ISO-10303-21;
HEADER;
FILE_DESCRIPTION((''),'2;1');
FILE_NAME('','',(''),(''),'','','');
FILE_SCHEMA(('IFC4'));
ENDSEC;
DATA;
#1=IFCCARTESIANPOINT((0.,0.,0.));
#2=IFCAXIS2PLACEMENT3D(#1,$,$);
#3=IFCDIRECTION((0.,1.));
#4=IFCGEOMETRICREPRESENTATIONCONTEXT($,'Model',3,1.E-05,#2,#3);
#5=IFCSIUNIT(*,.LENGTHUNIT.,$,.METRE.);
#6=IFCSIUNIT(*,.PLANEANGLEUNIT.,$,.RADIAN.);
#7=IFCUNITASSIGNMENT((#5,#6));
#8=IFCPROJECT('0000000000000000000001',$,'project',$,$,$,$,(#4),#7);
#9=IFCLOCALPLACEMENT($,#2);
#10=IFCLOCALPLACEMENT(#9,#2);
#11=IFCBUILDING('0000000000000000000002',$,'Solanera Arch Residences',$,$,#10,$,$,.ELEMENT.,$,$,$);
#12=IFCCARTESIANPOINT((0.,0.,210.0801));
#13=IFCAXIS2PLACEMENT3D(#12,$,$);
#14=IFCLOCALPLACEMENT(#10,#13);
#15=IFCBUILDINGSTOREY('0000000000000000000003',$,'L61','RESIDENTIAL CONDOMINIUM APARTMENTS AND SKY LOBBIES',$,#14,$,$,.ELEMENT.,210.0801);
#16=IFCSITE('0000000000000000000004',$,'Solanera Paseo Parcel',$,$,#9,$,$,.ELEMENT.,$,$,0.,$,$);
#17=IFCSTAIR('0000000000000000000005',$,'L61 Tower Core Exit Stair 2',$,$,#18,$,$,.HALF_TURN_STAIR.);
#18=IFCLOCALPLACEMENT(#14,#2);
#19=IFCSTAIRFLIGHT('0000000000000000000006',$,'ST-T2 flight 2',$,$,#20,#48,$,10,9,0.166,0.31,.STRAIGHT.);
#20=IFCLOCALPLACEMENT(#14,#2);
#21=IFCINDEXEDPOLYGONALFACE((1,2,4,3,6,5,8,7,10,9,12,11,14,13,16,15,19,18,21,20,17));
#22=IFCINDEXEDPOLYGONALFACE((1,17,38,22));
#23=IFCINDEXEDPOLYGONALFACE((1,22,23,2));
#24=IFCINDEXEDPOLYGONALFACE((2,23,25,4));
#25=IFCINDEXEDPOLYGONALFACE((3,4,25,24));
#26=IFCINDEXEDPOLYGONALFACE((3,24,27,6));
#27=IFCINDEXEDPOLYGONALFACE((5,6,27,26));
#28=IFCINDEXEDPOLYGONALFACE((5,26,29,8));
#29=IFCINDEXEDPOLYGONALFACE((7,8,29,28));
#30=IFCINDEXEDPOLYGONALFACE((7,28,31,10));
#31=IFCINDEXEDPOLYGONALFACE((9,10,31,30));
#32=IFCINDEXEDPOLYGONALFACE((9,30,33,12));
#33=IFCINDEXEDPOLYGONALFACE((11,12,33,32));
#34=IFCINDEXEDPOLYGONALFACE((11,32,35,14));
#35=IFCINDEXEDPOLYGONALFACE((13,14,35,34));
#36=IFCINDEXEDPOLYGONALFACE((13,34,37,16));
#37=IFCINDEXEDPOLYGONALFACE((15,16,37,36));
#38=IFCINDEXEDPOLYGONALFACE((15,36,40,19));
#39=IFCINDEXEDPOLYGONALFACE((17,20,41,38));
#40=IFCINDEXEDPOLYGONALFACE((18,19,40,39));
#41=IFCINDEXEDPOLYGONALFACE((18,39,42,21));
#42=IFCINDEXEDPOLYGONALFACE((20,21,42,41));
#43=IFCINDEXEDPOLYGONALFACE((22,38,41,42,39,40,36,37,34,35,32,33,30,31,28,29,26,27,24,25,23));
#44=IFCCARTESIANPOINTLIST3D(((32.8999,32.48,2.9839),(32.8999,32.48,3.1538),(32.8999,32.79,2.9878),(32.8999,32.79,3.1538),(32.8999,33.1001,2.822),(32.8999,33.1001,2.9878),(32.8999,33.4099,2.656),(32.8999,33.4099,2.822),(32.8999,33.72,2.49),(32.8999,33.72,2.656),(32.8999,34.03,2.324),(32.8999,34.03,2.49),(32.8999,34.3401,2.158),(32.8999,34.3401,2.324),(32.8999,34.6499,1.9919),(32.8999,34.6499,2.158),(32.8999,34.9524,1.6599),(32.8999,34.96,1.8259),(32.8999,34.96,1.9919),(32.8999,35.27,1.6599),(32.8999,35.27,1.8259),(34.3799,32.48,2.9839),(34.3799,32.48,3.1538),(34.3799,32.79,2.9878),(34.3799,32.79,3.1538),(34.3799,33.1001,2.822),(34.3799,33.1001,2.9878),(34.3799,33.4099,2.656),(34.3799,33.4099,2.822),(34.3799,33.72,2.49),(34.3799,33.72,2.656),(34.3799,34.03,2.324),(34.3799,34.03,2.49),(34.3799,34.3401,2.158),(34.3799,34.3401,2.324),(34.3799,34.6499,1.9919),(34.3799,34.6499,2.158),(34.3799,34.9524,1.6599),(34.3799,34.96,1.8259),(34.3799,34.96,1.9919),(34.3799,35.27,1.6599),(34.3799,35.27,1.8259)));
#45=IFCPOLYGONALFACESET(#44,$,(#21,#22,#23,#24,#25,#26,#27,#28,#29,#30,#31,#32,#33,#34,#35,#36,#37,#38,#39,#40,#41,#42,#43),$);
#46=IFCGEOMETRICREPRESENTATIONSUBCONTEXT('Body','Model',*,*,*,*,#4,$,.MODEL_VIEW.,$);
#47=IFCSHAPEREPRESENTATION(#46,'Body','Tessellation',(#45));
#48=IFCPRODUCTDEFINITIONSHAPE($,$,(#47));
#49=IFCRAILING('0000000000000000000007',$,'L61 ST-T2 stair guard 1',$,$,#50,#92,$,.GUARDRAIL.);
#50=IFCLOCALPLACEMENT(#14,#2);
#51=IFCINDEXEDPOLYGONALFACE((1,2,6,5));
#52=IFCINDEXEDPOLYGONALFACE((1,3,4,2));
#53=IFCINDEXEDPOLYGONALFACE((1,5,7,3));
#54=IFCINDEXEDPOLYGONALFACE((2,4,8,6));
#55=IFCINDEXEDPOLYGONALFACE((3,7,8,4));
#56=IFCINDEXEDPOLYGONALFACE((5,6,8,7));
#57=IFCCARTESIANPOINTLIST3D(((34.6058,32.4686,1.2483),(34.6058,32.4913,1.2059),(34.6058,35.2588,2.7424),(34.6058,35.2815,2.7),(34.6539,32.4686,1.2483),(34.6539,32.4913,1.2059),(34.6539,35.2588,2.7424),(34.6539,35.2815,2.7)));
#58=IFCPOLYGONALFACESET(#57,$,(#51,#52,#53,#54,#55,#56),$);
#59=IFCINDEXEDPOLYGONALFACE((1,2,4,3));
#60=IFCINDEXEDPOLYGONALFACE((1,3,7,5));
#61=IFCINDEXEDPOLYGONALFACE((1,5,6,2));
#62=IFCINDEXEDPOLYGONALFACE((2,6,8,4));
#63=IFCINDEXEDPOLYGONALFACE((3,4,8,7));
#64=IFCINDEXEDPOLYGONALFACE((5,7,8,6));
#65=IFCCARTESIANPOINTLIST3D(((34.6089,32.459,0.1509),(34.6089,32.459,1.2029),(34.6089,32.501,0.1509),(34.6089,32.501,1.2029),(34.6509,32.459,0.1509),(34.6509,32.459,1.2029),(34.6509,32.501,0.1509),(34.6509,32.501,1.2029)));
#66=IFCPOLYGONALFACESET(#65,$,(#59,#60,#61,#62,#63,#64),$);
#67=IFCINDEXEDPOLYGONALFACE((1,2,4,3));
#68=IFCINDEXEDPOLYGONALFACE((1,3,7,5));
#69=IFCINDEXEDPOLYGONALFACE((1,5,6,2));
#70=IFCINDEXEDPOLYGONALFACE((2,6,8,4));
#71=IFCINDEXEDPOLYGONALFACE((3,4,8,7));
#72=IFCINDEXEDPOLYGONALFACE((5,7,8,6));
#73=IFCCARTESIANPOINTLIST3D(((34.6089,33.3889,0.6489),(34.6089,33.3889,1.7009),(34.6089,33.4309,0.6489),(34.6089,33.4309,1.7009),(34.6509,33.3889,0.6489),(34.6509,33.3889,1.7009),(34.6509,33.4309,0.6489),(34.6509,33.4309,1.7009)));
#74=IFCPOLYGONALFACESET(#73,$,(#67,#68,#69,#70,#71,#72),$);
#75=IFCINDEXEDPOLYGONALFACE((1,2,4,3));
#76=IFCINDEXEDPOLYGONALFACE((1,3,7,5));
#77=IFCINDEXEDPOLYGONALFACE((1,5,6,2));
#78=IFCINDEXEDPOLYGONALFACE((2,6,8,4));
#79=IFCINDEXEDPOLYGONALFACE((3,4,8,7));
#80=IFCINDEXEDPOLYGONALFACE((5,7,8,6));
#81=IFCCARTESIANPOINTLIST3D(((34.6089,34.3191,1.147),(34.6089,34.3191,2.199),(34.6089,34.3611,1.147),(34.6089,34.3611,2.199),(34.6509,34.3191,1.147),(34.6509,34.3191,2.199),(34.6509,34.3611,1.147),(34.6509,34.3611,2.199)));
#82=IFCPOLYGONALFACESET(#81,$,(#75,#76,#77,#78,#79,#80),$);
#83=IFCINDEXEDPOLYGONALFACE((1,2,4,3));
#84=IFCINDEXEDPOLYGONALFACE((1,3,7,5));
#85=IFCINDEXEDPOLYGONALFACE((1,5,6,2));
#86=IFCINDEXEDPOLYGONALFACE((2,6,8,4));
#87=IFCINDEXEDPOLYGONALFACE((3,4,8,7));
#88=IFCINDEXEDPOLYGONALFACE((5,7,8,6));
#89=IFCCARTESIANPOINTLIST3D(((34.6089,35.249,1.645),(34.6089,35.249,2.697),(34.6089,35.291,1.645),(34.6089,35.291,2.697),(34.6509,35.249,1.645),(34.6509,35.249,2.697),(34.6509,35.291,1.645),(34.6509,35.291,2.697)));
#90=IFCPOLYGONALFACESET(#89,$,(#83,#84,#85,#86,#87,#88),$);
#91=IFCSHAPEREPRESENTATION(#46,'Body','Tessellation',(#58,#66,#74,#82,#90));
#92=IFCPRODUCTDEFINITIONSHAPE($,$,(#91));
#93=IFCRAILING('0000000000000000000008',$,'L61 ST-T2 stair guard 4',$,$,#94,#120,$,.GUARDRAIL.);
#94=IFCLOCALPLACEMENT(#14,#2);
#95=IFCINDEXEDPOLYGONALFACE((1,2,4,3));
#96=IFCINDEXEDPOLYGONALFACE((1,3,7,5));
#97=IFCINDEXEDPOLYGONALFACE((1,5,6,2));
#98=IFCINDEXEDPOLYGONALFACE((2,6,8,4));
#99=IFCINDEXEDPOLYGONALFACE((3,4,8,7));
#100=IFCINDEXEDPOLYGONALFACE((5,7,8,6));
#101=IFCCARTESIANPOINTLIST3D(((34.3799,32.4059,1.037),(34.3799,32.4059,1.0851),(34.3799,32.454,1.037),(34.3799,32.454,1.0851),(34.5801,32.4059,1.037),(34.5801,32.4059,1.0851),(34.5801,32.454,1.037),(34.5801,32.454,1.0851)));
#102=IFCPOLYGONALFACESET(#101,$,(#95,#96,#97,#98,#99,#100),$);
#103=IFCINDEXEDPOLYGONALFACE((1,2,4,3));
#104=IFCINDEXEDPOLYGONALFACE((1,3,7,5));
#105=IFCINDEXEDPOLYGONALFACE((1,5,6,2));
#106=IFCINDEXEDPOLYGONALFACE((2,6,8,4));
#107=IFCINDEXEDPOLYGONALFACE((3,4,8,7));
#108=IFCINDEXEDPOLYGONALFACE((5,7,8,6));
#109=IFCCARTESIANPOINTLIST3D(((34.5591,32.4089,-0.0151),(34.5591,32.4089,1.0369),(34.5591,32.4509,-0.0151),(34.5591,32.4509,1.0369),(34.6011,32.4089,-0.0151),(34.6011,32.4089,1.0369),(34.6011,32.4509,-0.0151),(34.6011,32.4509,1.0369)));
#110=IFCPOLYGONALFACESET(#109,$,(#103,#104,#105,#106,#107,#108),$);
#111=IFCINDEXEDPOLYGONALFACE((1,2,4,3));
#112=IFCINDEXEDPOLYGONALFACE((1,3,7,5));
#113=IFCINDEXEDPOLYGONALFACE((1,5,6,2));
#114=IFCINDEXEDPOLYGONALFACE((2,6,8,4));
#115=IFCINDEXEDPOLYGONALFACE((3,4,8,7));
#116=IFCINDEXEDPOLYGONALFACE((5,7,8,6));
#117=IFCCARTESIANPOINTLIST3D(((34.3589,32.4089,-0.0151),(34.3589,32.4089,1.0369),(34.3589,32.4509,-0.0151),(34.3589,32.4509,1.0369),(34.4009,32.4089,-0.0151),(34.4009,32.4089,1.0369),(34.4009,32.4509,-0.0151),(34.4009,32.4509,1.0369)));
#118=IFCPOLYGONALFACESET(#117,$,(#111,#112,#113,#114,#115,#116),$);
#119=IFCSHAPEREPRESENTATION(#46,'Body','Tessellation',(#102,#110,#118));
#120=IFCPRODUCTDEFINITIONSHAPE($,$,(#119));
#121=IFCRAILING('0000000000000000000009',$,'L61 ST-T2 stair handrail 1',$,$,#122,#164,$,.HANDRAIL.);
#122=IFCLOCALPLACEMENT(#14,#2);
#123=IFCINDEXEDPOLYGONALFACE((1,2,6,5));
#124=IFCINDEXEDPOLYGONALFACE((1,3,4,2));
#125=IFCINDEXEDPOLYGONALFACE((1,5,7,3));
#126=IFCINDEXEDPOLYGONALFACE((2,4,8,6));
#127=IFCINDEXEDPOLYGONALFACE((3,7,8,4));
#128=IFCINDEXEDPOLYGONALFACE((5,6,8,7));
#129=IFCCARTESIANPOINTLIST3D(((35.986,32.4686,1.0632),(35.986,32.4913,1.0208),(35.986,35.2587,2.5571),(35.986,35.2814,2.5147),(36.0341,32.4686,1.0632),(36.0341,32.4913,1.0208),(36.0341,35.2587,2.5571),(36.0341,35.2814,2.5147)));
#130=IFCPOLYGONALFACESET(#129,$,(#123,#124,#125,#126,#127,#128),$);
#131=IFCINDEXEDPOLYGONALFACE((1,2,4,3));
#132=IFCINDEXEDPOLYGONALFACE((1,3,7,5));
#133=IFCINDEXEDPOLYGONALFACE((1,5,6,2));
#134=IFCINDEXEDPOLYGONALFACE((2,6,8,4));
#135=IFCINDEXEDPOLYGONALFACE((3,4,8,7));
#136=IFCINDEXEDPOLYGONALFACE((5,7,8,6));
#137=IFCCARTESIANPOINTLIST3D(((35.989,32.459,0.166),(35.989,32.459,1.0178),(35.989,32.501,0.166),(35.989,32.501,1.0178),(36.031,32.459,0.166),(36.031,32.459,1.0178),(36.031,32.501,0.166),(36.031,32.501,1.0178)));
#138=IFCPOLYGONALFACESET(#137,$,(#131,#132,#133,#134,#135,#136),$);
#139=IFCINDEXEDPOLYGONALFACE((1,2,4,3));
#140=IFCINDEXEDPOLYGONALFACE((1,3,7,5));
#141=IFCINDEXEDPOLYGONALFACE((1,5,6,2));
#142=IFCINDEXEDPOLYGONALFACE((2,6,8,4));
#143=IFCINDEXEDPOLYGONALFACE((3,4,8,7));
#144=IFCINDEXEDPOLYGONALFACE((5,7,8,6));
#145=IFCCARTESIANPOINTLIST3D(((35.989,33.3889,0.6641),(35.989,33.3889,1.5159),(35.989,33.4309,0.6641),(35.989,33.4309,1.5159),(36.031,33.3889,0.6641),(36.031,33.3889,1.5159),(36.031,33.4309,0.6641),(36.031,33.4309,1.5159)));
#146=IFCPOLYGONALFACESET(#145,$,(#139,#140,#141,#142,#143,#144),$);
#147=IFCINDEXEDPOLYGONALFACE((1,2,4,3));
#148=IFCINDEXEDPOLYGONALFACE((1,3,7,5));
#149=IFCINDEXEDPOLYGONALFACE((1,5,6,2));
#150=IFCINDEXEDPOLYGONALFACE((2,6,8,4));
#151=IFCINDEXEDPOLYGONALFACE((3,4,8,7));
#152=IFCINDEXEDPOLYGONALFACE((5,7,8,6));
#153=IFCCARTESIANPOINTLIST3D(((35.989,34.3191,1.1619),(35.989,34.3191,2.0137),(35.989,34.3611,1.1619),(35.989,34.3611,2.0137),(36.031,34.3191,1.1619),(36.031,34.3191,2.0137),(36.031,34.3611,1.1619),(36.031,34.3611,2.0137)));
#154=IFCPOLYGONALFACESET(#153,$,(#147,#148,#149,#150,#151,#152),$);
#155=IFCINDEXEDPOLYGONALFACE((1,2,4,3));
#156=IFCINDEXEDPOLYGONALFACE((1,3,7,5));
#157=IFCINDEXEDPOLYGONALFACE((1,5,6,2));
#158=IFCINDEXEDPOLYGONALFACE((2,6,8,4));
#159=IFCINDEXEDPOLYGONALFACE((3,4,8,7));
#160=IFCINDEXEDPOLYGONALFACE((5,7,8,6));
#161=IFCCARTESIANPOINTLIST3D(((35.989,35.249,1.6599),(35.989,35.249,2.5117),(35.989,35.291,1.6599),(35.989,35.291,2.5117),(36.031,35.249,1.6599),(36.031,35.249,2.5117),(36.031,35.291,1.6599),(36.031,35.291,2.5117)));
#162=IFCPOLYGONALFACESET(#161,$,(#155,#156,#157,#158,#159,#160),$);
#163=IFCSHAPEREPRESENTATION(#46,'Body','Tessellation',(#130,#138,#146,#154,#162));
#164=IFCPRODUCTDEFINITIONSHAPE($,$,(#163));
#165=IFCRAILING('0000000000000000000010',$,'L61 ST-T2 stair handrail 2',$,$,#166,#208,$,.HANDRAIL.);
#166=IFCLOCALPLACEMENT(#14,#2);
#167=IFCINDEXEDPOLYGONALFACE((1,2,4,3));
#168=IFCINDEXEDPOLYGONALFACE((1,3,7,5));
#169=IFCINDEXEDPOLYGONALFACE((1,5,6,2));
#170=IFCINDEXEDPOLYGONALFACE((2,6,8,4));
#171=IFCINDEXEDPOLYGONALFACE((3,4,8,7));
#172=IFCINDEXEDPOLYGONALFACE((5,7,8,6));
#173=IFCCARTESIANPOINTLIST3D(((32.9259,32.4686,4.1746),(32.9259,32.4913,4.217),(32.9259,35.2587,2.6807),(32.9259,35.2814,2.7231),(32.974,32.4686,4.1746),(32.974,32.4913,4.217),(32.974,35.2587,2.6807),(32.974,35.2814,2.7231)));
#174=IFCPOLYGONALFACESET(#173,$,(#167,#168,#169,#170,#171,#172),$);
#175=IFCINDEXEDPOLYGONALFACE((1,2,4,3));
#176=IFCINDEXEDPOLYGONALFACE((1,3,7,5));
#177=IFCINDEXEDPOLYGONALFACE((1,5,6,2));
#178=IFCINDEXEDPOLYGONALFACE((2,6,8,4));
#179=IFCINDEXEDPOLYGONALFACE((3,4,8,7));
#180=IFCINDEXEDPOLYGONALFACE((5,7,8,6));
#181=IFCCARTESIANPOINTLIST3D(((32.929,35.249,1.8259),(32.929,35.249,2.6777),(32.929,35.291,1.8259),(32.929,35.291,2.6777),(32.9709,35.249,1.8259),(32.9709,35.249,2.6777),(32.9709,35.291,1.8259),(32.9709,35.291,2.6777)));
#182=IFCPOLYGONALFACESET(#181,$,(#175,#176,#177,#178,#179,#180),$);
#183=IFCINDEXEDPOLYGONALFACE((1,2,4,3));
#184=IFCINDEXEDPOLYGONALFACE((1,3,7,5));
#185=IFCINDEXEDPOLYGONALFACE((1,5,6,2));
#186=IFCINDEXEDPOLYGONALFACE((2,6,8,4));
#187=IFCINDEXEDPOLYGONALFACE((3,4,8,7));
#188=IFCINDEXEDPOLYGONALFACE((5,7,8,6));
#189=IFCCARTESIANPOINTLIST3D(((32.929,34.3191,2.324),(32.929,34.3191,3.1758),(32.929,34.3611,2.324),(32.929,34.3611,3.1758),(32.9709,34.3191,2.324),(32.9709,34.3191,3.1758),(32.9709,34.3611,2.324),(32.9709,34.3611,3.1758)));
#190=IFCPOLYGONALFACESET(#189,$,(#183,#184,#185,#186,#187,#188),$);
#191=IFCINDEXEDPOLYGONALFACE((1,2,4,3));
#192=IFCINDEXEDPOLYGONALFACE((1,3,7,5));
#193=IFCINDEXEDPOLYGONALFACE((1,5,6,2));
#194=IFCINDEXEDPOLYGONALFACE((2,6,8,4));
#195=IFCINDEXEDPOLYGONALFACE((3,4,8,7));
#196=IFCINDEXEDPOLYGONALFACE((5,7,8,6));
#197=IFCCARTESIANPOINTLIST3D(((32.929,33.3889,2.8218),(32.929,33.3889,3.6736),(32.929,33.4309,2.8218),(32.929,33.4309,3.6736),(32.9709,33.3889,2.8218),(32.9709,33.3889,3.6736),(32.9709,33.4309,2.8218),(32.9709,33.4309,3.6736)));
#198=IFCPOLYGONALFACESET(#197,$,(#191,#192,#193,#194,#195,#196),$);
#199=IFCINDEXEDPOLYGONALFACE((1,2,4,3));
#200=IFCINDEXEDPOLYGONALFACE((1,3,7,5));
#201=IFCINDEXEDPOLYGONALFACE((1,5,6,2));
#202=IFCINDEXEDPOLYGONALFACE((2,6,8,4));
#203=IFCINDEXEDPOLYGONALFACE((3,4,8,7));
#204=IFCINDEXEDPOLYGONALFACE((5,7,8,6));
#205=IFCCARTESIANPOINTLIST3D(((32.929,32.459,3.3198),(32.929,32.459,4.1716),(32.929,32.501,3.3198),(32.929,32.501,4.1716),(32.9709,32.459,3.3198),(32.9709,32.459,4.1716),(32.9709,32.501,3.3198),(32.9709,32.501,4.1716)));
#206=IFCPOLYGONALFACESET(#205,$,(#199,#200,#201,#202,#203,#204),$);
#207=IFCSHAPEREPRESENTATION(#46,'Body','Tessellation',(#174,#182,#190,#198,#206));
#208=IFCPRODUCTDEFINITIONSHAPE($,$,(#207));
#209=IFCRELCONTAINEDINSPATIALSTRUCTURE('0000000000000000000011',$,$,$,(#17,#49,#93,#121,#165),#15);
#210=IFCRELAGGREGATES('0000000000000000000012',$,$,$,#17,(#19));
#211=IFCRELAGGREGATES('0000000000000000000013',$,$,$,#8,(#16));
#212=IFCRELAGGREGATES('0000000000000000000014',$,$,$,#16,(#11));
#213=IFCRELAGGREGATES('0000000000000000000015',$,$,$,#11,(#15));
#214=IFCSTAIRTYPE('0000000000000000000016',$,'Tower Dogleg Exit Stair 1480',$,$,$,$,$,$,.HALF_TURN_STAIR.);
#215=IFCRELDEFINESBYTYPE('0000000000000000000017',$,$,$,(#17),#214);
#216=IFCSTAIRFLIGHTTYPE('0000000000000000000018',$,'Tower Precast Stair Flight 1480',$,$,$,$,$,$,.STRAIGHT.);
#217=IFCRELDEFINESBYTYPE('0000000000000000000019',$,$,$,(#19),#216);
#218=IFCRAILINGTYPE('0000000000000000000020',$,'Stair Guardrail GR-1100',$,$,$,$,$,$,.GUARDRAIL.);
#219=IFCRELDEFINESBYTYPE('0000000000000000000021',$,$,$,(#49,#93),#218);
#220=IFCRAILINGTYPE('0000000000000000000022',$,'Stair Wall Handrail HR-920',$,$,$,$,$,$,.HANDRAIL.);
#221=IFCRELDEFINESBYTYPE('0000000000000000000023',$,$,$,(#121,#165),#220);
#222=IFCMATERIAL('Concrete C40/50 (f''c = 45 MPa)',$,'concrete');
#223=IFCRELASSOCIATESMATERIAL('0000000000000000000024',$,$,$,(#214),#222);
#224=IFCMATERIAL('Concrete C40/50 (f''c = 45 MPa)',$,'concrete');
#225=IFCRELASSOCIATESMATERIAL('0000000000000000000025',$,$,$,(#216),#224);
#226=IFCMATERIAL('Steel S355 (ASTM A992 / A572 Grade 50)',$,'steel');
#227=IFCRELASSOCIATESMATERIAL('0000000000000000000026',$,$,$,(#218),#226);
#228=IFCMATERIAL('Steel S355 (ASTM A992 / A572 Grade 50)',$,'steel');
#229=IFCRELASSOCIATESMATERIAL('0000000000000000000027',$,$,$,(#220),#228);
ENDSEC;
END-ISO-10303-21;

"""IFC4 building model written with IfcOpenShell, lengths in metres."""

from ifc_helpers import new_model, si_unit, direction, frame, origin, origin_2d, place, context, subcontext, project, spatial, polyline, rectangle, outline, extrude, material, type_object, element, aggregate, save


model = new_model("IFC4")

# Units and contexts
model_context = context("Model", 3, precision=1e-05, world=origin(), true_north=direction((0.0, 1.0)))
body_context = subcontext(model_context, "Body", "Model", "MODEL_VIEW")
ifc_project = project(units=[si_unit("LENGTHUNIT", "METRE"), si_unit("PLANEANGLEUNIT", "RADIAN")], contexts=[model_context])

# Site, building, storey
site_placement = place(None, origin())
site = spatial("IfcSite", under=ifc_project, at=site_placement, Name="Solanera Paseo Parcel", CompositionType="ELEMENT", RefElevation=0.0)
building_placement = place(site_placement, origin())
building = spatial("IfcBuilding", under=site, at=building_placement, Name="Solanera Arch Residences", CompositionType="ELEMENT")
storey_placement = place(building_placement, frame((0.0, 0.0, 210.0801)))
storey = spatial("IfcBuildingStorey", under=building, at=storey_placement, Name="L61", Description="RESIDENTIAL CONDOMINIUM APARTMENTS AND SKY LOBBIES", CompositionType="ELEMENT", Elevation=210.0801)

# Stair, stair flight
ifc_material_1 = material(Name="Concrete C40/50 (f'c = 45 MPa)", Category="concrete")
stair_type = type_object("IfcStairType", Name="Tower Dogleg Exit Stair 1480", PredefinedType="HALF_TURN_STAIR", material=ifc_material_1)
stair_placement = place(storey_placement, origin())
stair = element("IfcStair", 1, at=stair_placement, inside=storey, type_object=stair_type, Name="L61 Tower Core Exit Stair 2", PredefinedType="HALF_TURN_STAIR")
ifc_material_2 = material(Name="Concrete C40/50 (f'c = 45 MPa)", Category="concrete")
stair_flight_type = type_object("IfcStairFlightType", Name="Tower Precast Stair Flight 1480", PredefinedType="STRAIGHT", material=ifc_material_2)
stair_flight_1_placement = place(storey_placement, frame((33.6399, 35.27, 1.6599), z_axis=(0.0, 0.0, 1.0), x_axis=(0.0, -1.0, 0.0)))
stair_flight_1 = element("IfcStairFlight", 2, at=stair_flight_1_placement, type_object=stair_flight_type, Name="ST-T2 flight 2", NumberOfRisers=10, NumberOfTreads=9, PredefinedType="STRAIGHT", RiserHeight=0.166, TreadLength=0.31, context=body_context, shape_type="SweptSolid", body=[
    extrude(outline(polyline([(0.0, 0.0), (0.0, 0.166), (0.3101, 0.166), (0.3101, 0.332), (0.6201, 0.332), (0.6201, 0.498), (0.9299, 0.498), (0.9299, 0.6641), (1.24, 0.6641), (1.24, 0.8301), (1.55, 0.8301), (1.55, 0.9961), (1.8601, 0.9961), (1.8601, 1.1621), (2.1699, 1.1621), (2.1699, 1.3279), (2.48, 1.3279), (2.48, 1.4939), (2.79, 1.4939), (2.79, 1.6599), (2.79, 1.324), (0.3176, 0.0), (0.0, 0.0)])), frame((0.0, 0.74, 0.0), z_axis=(0.0, -1.0, 0.0), x_axis=(1.0, 0.0, 0.0)), (0.0, 0.0, 1.0), 1.48),
])
aggregate(stair, [stair_flight_1])

# Railings
ifc_material_3 = material(Name="Steel S355 (ASTM A992 / A572 Grade 50)", Category="steel")
railing_type_1 = type_object("IfcRailingType", Name="Stair Guardrail GR-1100", PredefinedType="GUARDRAIL", material=ifc_material_3)
railing_1_placement = place(storey_placement, frame((34.6299, 32.48, 0.1509)))
element("IfcRailing", 3, at=railing_1_placement, inside=storey, type_object=railing_type_1, Name="L61 ST-T2 stair guard 1", PredefinedType="GUARDRAIL", context=body_context, shape_type="SweptSolid", body=[
    extrude(rectangle(XDim=0.0481, YDim=0.0481, at=origin_2d()), frame((0.0, 0.0, 1.0762), z_axis=(0.0, 0.881549, 0.472093), x_axis=(-1.0, 0.0, 0.0)), (0.0, 0.0, 1.0), 3.165),
    extrude(rectangle(XDim=0.042, YDim=0.042, at=origin_2d()), origin(), (0.0, 0.0, 1.0), 1.052),
    extrude(rectangle(XDim=0.042, YDim=0.042, at=origin_2d()), frame((0.0, 0.9299, 0.498)), (0.0, 0.0, 1.0), 1.052),
    extrude(rectangle(XDim=0.042, YDim=0.042, at=origin_2d()), frame((0.0, 1.8601, 0.9961)), (0.0, 0.0, 1.0), 1.052),
    extrude(rectangle(XDim=0.042, YDim=0.042, at=origin_2d()), frame((0.0, 2.79, 1.4941)), (0.0, 0.0, 1.0), 1.052),
])
railing_2_placement = place(storey_placement, frame((34.5801, 32.4299, -0.0151)))
element("IfcRailing", 4, at=railing_2_placement, inside=storey, type_object=railing_type_1, Name="L61 ST-T2 stair guard 4", PredefinedType="GUARDRAIL", context=body_context, shape_type="SweptSolid", body=[
    extrude(rectangle(XDim=0.0481, YDim=0.0481, at=origin_2d()), frame((0.0, 0.0, 1.0762), z_axis=(-1.0, 0.0, 0.0), x_axis=(0.0, -1.0, 0.0)), (0.0, 0.0, 1.0), 0.2002),
    extrude(rectangle(XDim=0.042, YDim=0.042, at=origin_2d()), origin(), (0.0, 0.0, 1.0), 1.052),
    extrude(rectangle(XDim=0.042, YDim=0.042, at=origin_2d()), frame((-0.2002, 0.0, 0.0)), (0.0, 0.0, 1.0), 1.052),
])
ifc_material_4 = material(Name="Steel S355 (ASTM A992 / A572 Grade 50)", Category="steel")
railing_type_2 = type_object("IfcRailingType", Name="Stair Wall Handrail HR-920", PredefinedType="HANDRAIL", material=ifc_material_4)
railing_3_placement = place(storey_placement, frame((36.01, 32.48, 0.166)))
element("IfcRailing", 5, at=railing_3_placement, inside=storey, type_object=railing_type_2, Name="L61 ST-T2 stair handrail 1", PredefinedType="HANDRAIL", context=body_context, shape_type="SweptSolid", body=[
    extrude(rectangle(XDim=0.0481, YDim=0.0481, at=origin_2d()), frame((0.0, 0.0, 0.876), z_axis=(0.0, 0.881581, 0.472033), x_axis=(-1.0, 0.0, 0.0)), (0.0, 0.0, 1.0), 3.1648),
    extrude(rectangle(XDim=0.042, YDim=0.042, at=origin_2d()), origin(), (0.0, 0.0, 1.0), 0.8518),
    extrude(rectangle(XDim=0.042, YDim=0.042, at=origin_2d()), frame((0.0, 0.9299, 0.498)), (0.0, 0.0, 1.0), 0.8518),
    extrude(rectangle(XDim=0.042, YDim=0.042, at=origin_2d()), frame((0.0, 1.8601, 0.9958)), (0.0, 0.0, 1.0), 0.8518),
    extrude(rectangle(XDim=0.042, YDim=0.042, at=origin_2d()), frame((0.0, 2.79, 1.4939)), (0.0, 0.0, 1.0), 0.8518),
])
railing_4_placement = place(storey_placement, frame((32.95, 35.27, 1.8259)))
element("IfcRailing", 6, at=railing_4_placement, inside=storey, type_object=railing_type_2, Name="L61 ST-T2 stair handrail 2", PredefinedType="HANDRAIL", context=body_context, shape_type="SweptSolid", body=[
    extrude(rectangle(XDim=0.0481, YDim=0.0481, at=origin_2d()), frame((0.0, 0.0, 0.876), z_axis=(0.0, -0.881581, 0.472033), x_axis=(1.0, 0.0, 0.0)), (0.0, 0.0, 1.0), 3.1648),
    extrude(rectangle(XDim=0.042, YDim=0.042, at=origin_2d()), origin(), (0.0, 0.0, 1.0), 0.8518),
    extrude(rectangle(XDim=0.042, YDim=0.042, at=origin_2d()), frame((0.0, -0.9299, 0.498)), (0.0, 0.0, 1.0), 0.8518),
    extrude(rectangle(XDim=0.042, YDim=0.042, at=origin_2d()), frame((0.0, -1.8601, 0.9958)), (0.0, 0.0, 1.0), 0.8518),
    extrude(rectangle(XDim=0.042, YDim=0.042, at=origin_2d()), frame((0.0, -2.79, 1.4939)), (0.0, 0.0, 1.0), 0.8518),
])

save(model, "model.ifc")
